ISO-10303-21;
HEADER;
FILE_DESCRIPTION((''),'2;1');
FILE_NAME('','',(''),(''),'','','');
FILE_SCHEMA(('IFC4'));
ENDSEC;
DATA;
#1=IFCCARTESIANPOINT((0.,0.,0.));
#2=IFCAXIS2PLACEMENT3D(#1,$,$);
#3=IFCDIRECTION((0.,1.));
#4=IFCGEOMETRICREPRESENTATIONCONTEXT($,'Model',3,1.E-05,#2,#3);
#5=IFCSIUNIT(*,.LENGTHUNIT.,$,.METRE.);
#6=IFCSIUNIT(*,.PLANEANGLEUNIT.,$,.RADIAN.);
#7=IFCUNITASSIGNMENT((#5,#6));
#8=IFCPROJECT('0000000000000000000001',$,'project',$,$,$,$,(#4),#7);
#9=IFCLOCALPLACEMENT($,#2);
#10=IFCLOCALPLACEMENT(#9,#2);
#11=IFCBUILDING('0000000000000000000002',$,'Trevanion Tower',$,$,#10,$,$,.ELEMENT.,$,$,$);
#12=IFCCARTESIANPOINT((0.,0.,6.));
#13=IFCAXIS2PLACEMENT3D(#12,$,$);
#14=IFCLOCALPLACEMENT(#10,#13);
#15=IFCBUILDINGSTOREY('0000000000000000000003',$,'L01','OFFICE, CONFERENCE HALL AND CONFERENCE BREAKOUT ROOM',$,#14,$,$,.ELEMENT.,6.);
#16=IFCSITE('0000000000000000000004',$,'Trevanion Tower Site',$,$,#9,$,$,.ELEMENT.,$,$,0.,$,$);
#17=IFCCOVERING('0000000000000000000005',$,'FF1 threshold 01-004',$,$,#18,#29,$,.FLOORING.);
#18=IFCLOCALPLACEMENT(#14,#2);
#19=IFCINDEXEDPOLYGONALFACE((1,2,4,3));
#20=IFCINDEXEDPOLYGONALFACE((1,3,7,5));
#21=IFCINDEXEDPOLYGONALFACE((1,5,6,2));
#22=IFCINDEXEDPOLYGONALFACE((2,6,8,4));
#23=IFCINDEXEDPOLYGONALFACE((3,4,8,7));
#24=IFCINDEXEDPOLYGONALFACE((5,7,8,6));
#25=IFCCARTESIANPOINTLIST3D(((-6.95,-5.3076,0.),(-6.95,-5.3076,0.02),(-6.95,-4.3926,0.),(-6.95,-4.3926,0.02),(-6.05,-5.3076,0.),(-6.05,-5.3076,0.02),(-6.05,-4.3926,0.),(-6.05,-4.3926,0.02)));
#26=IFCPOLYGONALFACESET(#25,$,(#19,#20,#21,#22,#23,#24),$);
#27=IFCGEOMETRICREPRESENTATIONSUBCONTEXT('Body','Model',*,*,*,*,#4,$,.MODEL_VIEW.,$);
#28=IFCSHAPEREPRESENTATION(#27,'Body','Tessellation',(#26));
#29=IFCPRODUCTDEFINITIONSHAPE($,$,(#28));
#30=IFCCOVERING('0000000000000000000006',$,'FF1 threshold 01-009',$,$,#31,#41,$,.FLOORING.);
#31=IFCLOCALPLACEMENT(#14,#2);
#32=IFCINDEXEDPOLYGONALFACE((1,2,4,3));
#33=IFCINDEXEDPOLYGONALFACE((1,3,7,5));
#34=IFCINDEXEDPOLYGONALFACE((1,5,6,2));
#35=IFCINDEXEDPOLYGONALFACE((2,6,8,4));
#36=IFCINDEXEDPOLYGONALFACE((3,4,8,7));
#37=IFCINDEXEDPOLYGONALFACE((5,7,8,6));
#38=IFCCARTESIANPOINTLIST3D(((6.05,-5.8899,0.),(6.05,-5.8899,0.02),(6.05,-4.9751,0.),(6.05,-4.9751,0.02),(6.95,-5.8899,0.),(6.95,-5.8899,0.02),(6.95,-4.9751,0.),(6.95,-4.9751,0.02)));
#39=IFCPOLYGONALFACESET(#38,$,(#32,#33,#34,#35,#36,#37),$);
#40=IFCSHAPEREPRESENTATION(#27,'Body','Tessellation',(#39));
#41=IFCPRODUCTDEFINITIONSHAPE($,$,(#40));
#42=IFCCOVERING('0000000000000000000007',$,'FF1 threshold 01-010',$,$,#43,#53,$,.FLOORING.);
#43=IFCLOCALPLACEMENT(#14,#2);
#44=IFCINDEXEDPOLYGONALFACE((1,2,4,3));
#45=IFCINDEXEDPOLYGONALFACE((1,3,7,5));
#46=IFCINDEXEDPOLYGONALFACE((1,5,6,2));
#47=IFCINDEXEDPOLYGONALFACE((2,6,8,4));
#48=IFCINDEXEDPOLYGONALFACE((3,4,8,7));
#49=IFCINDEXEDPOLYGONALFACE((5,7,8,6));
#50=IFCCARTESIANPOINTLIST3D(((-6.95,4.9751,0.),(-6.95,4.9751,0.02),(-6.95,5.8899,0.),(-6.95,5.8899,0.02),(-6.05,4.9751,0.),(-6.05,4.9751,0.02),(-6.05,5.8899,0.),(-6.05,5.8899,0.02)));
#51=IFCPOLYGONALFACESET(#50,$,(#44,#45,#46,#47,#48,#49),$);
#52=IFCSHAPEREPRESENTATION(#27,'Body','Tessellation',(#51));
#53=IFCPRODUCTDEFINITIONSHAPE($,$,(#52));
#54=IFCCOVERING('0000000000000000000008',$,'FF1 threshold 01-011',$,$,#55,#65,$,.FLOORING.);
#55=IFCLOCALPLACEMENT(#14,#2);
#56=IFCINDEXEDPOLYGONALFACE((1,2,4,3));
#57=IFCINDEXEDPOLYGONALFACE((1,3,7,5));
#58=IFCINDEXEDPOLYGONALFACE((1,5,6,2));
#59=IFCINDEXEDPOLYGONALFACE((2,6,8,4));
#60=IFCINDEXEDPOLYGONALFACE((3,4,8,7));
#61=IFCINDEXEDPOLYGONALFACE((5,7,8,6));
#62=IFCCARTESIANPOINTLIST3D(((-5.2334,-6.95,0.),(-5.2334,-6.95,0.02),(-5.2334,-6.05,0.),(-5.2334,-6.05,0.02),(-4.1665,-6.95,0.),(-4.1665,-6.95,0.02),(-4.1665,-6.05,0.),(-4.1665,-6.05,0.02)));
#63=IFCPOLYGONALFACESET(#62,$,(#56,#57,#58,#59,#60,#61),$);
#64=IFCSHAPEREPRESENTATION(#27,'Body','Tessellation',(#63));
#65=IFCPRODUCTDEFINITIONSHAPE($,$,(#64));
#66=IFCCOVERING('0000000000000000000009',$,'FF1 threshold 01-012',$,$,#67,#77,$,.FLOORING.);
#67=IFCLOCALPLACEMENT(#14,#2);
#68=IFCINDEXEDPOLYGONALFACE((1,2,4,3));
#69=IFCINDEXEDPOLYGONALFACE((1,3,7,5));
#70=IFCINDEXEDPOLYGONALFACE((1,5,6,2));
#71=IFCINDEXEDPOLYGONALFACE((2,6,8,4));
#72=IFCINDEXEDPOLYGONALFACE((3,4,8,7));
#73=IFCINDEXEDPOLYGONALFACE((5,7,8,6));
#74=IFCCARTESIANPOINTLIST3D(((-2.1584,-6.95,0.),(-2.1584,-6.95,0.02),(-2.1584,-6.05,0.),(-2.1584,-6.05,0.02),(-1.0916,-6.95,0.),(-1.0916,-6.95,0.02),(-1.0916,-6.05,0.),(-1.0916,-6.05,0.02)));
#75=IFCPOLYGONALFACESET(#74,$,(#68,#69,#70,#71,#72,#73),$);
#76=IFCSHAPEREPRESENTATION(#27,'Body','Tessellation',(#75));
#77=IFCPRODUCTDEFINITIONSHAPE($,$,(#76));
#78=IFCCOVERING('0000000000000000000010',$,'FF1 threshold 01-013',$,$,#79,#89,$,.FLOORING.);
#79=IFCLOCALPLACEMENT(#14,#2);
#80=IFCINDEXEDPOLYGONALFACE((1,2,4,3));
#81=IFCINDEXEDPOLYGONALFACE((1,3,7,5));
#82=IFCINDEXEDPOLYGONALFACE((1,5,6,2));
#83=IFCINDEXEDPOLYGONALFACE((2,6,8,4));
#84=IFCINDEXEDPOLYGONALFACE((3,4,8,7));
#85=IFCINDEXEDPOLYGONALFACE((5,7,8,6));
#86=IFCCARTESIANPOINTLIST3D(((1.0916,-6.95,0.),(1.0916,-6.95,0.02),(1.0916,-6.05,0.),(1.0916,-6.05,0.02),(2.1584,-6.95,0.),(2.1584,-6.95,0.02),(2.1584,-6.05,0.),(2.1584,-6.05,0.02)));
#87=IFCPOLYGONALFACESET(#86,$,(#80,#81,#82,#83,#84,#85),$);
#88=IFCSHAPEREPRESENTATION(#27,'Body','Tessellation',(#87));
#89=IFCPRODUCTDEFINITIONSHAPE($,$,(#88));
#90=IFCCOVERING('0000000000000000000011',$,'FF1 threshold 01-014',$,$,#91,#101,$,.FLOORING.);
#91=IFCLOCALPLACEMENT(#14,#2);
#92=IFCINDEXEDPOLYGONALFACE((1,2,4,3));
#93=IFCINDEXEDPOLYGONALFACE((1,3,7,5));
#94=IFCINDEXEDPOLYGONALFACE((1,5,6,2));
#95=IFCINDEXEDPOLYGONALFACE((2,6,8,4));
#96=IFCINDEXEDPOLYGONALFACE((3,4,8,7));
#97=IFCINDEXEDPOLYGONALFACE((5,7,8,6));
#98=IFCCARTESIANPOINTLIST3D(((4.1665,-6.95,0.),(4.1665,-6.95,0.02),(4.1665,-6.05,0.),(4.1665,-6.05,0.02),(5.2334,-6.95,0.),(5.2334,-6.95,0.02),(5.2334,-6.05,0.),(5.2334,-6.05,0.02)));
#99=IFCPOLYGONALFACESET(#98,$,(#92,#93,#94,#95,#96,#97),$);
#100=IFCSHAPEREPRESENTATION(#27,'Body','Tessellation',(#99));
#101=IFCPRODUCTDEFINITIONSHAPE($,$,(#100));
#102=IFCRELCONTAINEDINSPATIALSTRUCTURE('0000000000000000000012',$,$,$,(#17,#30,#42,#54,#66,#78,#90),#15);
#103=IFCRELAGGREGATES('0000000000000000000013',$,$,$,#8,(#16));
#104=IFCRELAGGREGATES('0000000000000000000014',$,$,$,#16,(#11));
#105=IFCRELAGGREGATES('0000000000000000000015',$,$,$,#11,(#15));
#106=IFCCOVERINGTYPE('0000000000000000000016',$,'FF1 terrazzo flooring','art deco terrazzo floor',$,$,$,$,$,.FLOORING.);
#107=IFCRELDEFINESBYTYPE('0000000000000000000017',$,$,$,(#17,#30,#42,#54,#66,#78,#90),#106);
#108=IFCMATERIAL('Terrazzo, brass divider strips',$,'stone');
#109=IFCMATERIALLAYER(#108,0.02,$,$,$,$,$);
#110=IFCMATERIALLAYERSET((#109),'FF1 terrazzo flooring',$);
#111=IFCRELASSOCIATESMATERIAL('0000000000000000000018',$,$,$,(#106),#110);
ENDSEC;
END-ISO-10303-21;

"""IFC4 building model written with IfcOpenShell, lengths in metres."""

from ifc_helpers import new_model, si_unit, direction, frame, origin, place, context, subcontext, project, spatial, polyline, outline, extrude, material, layer, layer_set, type_object, element, save


model = new_model("IFC4")

# Units and contexts
model_context = context("Model", 3, precision=1e-05, world=origin(), true_north=direction((0.0, 1.0)))
body_context = subcontext(model_context, "Body", "Model", "MODEL_VIEW")
ifc_project = project(units=[si_unit("LENGTHUNIT", "METRE"), si_unit("PLANEANGLEUNIT", "RADIAN")], contexts=[model_context])

# Site, building, storey
site_placement = place(None, origin())
site = spatial("IfcSite", under=ifc_project, at=site_placement, Name="Trevanion Tower Site", CompositionType="ELEMENT", RefElevation=0.0)
building_placement = place(site_placement, origin())
building = spatial("IfcBuilding", under=site, at=building_placement, Name="Trevanion Tower", CompositionType="ELEMENT")
storey_placement = place(building_placement, frame((0.0, 0.0, 6.0)))
storey = spatial("IfcBuildingStorey", under=building, at=storey_placement, Name="L01", Description="OFFICE, CONFERENCE HALL AND CONFERENCE BREAKOUT ROOM", CompositionType="ELEMENT", Elevation=6.0)

# Coverings
ifc_material_1 = material(Name="Terrazzo, brass divider strips", Category="stone")
ifc_layer_1 = layer(ifc_material_1, 0.02)
ifc_layer_set_1 = layer_set([ifc_layer_1], Name="FF1 terrazzo flooring")
covering_type = type_object("IfcCoveringType", Name="FF1 terrazzo flooring", Description="art deco terrazzo floor", PredefinedType="FLOORING", material=ifc_layer_set_1)
covering_1_placement = place(storey_placement, origin())
element("IfcCovering", 1, at=covering_1_placement, inside=storey, type_object=covering_type, Name="FF1 threshold 01-004", PredefinedType="FLOORING", context=body_context, shape_type="SweptSolid", body=[
    extrude(outline(polyline([(-6.95, -4.3926), (-6.95, -5.3076), (-6.05, -5.3076), (-6.05, -4.3926), (-6.95, -4.3926)])), origin(), (0.0, 0.0, 1.0), 0.02),
])
covering_2_placement = place(storey_placement, origin())
element("IfcCovering", 2, at=covering_2_placement, inside=storey, type_object=covering_type, Name="FF1 threshold 01-009", PredefinedType="FLOORING", context=body_context, shape_type="SweptSolid", body=[
    extrude(outline(polyline([(6.95, -5.8899), (6.95, -4.9751), (6.05, -4.9751), (6.05, -5.8899), (6.95, -5.8899)])), origin(), (0.0, 0.0, 1.0), 0.02),
])
covering_3_placement = place(storey_placement, origin())
element("IfcCovering", 3, at=covering_3_placement, inside=storey, type_object=covering_type, Name="FF1 threshold 01-010", PredefinedType="FLOORING", context=body_context, shape_type="SweptSolid", body=[
    extrude(outline(polyline([(-6.95, 5.8899), (-6.95, 4.9751), (-6.05, 4.9751), (-6.05, 5.8899), (-6.95, 5.8899)])), origin(), (0.0, 0.0, 1.0), 0.02),
])
covering_4_placement = place(storey_placement, origin())
element("IfcCovering", 4, at=covering_4_placement, inside=storey, type_object=covering_type, Name="FF1 threshold 01-011", PredefinedType="FLOORING", context=body_context, shape_type="SweptSolid", body=[
    extrude(outline(polyline([(-5.2334, -6.95), (-4.1665, -6.95), (-4.1665, -6.05), (-5.2334, -6.05), (-5.2334, -6.95)])), origin(), (0.0, 0.0, 1.0), 0.02),
])
covering_5_placement = place(storey_placement, origin())
element("IfcCovering", 5, at=covering_5_placement, inside=storey, type_object=covering_type, Name="FF1 threshold 01-012", PredefinedType="FLOORING", context=body_context, shape_type="SweptSolid", body=[
    extrude(outline(polyline([(-2.1584, -6.95), (-1.0916, -6.95), (-1.0916, -6.05), (-2.1584, -6.05), (-2.1584, -6.95)])), origin(), (0.0, 0.0, 1.0), 0.02),
])
covering_6_placement = place(storey_placement, origin())
element("IfcCovering", 6, at=covering_6_placement, inside=storey, type_object=covering_type, Name="FF1 threshold 01-013", PredefinedType="FLOORING", context=body_context, shape_type="SweptSolid", body=[
    extrude(outline(polyline([(1.0916, -6.95), (2.1584, -6.95), (2.1584, -6.05), (1.0916, -6.05), (1.0916, -6.95)])), origin(), (0.0, 0.0, 1.0), 0.02),
])
covering_7_placement = place(storey_placement, origin())
element("IfcCovering", 7, at=covering_7_placement, inside=storey, type_object=covering_type, Name="FF1 threshold 01-014", PredefinedType="FLOORING", context=body_context, shape_type="SweptSolid", body=[
    extrude(outline(polyline([(4.1665, -6.95), (5.2334, -6.95), (5.2334, -6.05), (4.1665, -6.05), (4.1665, -6.95)])), origin(), (0.0, 0.0, 1.0), 0.02),
])

save(model, "model.ifc")
